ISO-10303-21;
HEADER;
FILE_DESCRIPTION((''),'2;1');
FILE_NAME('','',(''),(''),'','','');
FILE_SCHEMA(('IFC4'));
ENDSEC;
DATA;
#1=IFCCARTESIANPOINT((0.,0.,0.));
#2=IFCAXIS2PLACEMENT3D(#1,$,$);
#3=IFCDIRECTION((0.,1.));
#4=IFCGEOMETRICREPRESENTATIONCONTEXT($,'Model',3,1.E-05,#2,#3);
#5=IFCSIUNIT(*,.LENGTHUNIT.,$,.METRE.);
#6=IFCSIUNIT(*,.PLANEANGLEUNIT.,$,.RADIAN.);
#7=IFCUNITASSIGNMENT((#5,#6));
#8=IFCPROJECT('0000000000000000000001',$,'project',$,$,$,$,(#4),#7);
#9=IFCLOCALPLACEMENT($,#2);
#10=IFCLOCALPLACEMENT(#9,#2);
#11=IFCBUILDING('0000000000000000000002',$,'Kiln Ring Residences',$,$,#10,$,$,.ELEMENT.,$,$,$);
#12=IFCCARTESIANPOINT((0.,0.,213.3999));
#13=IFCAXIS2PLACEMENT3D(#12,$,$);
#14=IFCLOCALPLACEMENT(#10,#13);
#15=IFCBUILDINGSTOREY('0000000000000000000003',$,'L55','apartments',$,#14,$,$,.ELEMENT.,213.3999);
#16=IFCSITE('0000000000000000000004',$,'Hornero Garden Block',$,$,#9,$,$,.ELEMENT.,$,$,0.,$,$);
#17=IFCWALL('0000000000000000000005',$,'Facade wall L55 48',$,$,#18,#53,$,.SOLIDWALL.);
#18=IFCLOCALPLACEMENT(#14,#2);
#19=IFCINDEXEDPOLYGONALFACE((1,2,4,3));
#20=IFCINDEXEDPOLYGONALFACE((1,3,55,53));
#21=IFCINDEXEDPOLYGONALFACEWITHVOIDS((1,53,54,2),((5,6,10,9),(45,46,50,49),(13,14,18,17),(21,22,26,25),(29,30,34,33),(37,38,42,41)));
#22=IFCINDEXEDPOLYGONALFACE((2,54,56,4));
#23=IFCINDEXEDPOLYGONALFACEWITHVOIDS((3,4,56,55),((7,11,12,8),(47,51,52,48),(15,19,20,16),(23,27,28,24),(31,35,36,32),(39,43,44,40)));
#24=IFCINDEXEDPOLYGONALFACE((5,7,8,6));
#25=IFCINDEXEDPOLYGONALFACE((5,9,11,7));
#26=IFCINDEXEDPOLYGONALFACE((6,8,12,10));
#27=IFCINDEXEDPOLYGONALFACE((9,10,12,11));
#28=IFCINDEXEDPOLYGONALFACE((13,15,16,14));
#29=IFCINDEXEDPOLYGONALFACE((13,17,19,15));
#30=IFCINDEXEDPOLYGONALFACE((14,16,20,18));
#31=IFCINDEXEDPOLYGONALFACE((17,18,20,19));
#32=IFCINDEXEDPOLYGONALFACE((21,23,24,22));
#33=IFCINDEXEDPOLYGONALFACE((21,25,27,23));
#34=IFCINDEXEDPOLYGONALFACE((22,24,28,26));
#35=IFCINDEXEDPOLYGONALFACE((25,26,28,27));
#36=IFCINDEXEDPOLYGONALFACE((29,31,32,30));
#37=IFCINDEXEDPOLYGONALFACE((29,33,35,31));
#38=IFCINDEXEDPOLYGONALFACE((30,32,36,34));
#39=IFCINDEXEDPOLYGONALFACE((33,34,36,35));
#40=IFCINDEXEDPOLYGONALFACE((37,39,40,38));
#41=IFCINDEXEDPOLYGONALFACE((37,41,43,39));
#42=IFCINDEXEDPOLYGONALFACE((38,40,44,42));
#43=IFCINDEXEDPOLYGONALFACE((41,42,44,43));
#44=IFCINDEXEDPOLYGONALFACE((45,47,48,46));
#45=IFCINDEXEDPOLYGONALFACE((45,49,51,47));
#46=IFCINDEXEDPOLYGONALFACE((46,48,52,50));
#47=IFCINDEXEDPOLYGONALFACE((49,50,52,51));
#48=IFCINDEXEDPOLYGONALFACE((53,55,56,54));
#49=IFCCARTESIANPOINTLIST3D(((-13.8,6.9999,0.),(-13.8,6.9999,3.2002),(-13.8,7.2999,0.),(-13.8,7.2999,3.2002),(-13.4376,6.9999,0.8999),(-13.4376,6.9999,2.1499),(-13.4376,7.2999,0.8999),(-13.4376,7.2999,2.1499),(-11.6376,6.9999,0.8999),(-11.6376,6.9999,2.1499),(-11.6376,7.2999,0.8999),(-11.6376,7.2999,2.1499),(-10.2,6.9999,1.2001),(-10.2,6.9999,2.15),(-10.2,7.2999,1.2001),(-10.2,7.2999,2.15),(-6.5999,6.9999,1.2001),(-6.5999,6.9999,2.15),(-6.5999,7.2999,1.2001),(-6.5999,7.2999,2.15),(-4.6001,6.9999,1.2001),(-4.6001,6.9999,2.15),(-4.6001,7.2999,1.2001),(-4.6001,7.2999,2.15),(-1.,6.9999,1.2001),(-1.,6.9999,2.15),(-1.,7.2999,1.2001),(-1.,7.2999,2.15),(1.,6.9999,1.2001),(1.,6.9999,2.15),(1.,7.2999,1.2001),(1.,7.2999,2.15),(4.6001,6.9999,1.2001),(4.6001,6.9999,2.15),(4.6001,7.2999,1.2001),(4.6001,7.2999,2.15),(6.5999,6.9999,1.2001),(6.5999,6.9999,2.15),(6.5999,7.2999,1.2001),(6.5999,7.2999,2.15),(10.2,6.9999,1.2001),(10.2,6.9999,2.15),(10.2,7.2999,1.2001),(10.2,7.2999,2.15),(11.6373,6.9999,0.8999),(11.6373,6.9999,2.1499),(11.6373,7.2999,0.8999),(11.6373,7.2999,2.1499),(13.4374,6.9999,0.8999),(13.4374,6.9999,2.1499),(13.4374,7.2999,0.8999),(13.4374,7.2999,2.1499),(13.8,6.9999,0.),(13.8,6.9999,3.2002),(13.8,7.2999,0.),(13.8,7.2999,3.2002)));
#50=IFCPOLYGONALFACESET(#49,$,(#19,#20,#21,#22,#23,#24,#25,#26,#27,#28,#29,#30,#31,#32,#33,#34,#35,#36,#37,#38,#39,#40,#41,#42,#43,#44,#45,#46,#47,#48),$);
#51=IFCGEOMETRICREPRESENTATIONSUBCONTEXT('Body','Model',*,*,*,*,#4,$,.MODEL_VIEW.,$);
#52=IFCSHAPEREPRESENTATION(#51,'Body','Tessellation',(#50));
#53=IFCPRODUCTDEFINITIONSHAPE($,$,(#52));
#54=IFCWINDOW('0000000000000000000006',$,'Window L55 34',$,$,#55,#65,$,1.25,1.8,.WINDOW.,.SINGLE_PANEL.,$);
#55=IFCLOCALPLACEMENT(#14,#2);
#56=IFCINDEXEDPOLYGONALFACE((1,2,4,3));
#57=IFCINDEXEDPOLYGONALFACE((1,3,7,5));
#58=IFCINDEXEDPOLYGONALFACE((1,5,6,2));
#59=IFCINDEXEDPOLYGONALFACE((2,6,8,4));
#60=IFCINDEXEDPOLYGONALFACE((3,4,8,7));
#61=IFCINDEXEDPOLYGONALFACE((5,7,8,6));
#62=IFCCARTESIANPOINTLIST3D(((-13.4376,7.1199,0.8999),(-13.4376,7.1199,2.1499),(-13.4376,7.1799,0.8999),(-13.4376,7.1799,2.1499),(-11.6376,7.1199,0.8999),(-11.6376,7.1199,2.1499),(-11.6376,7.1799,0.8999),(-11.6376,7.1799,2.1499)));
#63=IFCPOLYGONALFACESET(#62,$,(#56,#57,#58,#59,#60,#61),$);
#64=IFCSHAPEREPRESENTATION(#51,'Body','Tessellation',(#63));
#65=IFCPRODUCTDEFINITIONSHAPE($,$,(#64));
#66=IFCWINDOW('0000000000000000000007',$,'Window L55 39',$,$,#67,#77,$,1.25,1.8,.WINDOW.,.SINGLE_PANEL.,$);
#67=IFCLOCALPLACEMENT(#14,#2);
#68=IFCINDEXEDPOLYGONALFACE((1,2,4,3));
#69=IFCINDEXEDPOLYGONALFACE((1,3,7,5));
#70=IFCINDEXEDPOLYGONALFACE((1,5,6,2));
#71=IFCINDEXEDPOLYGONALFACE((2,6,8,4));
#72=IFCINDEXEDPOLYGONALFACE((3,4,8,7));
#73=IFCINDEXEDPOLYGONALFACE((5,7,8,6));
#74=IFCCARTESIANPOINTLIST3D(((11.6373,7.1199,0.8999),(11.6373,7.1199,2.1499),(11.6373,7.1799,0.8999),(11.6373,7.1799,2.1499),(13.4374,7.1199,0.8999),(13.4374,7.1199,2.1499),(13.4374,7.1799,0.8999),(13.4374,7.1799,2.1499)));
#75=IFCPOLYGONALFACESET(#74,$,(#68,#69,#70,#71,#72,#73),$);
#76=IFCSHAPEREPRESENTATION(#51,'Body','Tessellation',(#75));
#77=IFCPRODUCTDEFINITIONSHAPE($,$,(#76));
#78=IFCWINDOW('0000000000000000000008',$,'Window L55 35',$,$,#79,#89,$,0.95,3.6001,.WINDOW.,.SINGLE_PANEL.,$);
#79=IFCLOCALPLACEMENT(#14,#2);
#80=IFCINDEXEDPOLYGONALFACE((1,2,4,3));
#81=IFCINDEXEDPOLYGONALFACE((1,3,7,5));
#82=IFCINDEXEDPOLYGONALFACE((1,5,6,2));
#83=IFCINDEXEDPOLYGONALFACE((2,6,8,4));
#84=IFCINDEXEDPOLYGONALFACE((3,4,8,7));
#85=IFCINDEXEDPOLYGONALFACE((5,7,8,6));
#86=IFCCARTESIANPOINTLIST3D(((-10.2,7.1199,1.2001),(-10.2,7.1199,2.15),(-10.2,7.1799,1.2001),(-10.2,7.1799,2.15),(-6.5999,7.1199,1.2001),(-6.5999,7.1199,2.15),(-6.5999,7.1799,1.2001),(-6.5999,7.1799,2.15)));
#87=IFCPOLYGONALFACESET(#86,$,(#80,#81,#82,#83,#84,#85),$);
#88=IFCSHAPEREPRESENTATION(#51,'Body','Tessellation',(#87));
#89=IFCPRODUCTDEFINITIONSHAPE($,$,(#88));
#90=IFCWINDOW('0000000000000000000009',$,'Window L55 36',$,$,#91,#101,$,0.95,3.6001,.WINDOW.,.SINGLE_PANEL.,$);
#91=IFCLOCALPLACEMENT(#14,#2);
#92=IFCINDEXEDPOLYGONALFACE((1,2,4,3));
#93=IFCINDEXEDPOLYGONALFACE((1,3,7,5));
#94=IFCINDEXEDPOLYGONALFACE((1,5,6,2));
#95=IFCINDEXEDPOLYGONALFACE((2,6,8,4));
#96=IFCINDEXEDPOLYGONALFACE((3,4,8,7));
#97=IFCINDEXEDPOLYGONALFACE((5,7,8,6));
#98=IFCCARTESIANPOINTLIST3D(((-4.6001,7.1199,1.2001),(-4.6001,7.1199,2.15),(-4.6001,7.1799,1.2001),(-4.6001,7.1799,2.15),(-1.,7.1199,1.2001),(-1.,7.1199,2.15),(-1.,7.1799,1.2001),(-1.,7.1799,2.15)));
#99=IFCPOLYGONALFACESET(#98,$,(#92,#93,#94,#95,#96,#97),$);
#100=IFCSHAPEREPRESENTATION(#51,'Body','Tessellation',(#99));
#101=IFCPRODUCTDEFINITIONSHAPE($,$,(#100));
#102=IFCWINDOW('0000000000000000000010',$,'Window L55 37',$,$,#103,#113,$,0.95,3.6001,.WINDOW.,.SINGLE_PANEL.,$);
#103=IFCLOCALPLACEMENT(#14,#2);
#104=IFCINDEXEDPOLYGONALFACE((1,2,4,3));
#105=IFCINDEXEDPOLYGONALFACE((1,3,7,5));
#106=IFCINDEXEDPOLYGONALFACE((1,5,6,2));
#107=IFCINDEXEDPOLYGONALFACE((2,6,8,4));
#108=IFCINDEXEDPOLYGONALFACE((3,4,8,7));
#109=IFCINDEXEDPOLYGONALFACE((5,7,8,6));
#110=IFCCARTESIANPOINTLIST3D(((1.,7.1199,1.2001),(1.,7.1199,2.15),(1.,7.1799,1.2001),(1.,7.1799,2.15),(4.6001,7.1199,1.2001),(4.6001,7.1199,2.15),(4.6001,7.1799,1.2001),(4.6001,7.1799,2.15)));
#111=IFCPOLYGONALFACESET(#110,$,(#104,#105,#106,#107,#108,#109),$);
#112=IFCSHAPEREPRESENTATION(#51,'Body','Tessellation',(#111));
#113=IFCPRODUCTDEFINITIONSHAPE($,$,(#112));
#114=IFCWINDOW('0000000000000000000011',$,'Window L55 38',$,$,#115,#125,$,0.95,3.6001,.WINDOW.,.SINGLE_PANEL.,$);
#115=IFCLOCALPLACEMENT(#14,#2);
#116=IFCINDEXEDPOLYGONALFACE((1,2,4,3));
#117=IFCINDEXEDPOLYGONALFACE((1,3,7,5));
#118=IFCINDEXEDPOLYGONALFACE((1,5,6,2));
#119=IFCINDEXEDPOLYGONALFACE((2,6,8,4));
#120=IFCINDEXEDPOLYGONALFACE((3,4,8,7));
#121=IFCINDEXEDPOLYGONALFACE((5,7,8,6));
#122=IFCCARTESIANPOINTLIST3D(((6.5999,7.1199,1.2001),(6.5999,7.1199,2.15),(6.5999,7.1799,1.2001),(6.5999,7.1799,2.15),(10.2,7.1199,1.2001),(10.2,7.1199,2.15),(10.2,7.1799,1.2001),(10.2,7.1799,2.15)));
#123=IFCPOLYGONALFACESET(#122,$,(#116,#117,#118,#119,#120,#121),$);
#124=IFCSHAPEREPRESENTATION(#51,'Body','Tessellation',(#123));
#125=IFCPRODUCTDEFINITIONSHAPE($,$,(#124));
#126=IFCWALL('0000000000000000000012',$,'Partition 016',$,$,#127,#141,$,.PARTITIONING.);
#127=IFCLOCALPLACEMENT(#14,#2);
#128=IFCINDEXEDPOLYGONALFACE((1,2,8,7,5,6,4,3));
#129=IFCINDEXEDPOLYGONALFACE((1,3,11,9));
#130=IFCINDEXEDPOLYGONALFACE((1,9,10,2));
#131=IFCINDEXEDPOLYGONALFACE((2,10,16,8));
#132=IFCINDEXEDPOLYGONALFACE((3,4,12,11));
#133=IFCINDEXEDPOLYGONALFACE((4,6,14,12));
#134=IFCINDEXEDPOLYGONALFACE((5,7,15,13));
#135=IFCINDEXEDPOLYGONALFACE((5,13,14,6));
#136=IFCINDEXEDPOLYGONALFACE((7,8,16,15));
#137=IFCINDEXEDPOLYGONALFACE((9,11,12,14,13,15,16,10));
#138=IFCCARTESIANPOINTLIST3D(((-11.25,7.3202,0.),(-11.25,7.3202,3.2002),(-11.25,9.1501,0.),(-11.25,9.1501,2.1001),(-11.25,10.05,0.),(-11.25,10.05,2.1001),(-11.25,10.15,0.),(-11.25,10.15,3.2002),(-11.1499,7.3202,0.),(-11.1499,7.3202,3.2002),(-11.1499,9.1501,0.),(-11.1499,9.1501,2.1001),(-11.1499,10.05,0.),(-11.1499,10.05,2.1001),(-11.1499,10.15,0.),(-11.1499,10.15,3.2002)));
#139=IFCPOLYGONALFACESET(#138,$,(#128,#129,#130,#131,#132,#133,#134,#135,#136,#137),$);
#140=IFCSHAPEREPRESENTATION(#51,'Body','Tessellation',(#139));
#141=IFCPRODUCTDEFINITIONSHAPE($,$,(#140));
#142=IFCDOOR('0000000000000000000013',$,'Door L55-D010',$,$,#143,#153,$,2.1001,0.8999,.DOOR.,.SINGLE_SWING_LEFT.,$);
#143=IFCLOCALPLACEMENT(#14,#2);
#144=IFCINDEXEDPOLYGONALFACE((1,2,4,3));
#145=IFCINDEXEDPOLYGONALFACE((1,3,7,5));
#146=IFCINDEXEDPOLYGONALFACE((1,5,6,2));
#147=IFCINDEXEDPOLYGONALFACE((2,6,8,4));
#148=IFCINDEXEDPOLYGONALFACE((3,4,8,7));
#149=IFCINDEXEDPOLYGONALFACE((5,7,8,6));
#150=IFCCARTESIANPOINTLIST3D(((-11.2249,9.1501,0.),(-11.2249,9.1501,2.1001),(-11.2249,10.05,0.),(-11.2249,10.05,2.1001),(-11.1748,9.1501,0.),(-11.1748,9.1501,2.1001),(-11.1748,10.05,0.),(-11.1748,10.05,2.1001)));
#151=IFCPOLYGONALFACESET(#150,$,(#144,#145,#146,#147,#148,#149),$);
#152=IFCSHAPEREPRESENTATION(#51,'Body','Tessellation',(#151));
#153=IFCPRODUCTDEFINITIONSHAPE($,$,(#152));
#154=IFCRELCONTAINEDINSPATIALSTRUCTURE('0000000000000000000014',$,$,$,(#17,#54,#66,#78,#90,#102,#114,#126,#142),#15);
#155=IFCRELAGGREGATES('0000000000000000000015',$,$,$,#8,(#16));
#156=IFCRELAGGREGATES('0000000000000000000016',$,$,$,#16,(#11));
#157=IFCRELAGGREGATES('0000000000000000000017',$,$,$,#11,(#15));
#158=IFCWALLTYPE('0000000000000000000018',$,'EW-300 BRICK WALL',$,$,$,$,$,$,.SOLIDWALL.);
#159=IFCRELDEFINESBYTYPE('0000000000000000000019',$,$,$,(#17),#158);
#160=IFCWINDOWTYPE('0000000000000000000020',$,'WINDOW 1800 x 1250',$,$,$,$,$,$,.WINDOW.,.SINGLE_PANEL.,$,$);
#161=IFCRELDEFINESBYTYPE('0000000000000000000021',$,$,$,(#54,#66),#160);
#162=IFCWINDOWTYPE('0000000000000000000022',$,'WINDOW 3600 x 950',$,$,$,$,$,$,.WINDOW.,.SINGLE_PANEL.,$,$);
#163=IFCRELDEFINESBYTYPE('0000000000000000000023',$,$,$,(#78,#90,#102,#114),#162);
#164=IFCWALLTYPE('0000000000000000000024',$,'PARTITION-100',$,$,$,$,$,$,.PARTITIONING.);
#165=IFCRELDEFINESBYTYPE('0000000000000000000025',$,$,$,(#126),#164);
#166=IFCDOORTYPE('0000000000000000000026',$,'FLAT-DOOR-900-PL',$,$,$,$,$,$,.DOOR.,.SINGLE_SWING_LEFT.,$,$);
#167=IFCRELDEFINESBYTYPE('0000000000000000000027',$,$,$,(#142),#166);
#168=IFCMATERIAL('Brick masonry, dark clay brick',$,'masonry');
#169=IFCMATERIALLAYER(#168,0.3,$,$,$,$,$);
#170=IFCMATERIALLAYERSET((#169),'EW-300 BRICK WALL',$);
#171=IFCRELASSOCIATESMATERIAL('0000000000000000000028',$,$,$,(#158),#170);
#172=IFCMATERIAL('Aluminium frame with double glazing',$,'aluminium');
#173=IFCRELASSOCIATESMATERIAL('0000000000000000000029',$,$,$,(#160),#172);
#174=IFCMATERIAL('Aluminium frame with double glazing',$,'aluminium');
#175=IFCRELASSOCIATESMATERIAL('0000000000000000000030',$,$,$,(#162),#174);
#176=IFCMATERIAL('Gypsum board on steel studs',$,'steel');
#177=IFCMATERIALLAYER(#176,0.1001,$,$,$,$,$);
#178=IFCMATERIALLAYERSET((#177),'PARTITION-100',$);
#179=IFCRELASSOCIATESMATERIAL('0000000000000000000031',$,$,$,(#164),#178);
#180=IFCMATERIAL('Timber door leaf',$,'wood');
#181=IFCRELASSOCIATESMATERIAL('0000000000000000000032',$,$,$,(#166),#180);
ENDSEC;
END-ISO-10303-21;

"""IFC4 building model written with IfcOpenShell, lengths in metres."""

from ifc_helpers import new_model, si_unit, direction, frame, frame_2d, origin, place, context, subcontext, project, spatial, rectangle, extrude, material, layer, layer_set, type_object, element, fill, save


model = new_model("IFC4")

# Units and contexts
model_context = context("Model", 3, precision=1e-05, world=origin(), true_north=direction((0.0, 1.0)))
body_context = subcontext(model_context, "Body", "Model", "MODEL_VIEW")
ifc_project = project(units=[si_unit("LENGTHUNIT", "METRE"), si_unit("PLANEANGLEUNIT", "RADIAN")], contexts=[model_context])

# Site, building, storey
site_placement = place(None, origin())
site = spatial("IfcSite", under=ifc_project, at=site_placement, Name="Hornero Garden Block", CompositionType="ELEMENT", RefElevation=0.0)
building_placement = place(site_placement, origin())
building = spatial("IfcBuilding", under=site, at=building_placement, Name="Kiln Ring Residences", CompositionType="ELEMENT")
storey_placement = place(building_placement, frame((0.0, 0.0, 213.3999)))
storey = spatial("IfcBuildingStorey", under=building, at=storey_placement, Name="L55", Description="apartments", CompositionType="ELEMENT", Elevation=213.3999)

# Wall, openings, windows
ifc_material_1 = material(Name="Brick masonry, dark clay brick", Category="masonry")
ifc_layer_1 = layer(ifc_material_1, 0.3)
ifc_layer_set_1 = layer_set([ifc_layer_1], Name="EW-300 BRICK WALL")
wall_type_1 = type_object("IfcWallType", Name="EW-300 BRICK WALL", PredefinedType="SOLIDWALL", material=ifc_layer_set_1)
wall_1_placement = place(storey_placement, frame((-13.8, 7.1499, 0.0), z_axis=(0.0, 0.0, 1.0), x_axis=(1.0, 0.0, 0.0)))
wall_1 = element("IfcWall", 1, at=wall_1_placement, inside=storey, type_object=wall_type_1, Name="Facade wall L55 48", PredefinedType="SOLIDWALL", context=body_context, shape_type="SweptSolid", body=[
    extrude(rectangle(XDim=27.6001, YDim=0.3, at=frame_2d((13.8, 0.0))), origin(), (0.0, 0.0, 1.0), 3.2002),
])
opening_1_placement = place(wall_1_placement, frame((0.3625, 0.0, 0.8999)))
opening_1 = element("IfcOpeningElement", 2, at=opening_1_placement, cuts=wall_1, PredefinedType="OPENING", context=body_context, shape_type="SweptSolid", body=[
    extrude(rectangle(XDim=1.8, YDim=1.25, at=frame_2d((0.8999, 0.625))), frame((0.0, 0.1599, 0.0), z_axis=(0.0, -1.0, 0.0), x_axis=(1.0, 0.0, 0.0)), (0.0, 0.0, 1.0), 0.3201),
])
opening_2_placement = place(wall_1_placement, frame((3.6001, 0.0, 1.2)))
opening_2 = element("IfcOpeningElement", 3, at=opening_2_placement, cuts=wall_1, PredefinedType="OPENING", context=body_context, shape_type="SweptSolid", body=[
    extrude(rectangle(XDim=3.6001, YDim=0.95, at=frame_2d((1.8, 0.4751))), frame((0.0, 0.1599, 0.0), z_axis=(0.0, -1.0, 0.0), x_axis=(1.0, 0.0, 0.0)), (0.0, 0.0, 1.0), 0.3201),
])
opening_3_placement = place(wall_1_placement, frame((9.2, 0.0, 1.2)))
opening_3 = element("IfcOpeningElement", 4, at=opening_3_placement, cuts=wall_1, PredefinedType="OPENING", context=body_context, shape_type="SweptSolid", body=[
    extrude(rectangle(XDim=3.6001, YDim=0.95, at=frame_2d((1.8, 0.4751))), frame((0.0, 0.1599, 0.0), z_axis=(0.0, -1.0, 0.0), x_axis=(1.0, 0.0, 0.0)), (0.0, 0.0, 1.0), 0.3201),
])
opening_4_placement = place(wall_1_placement, frame((14.8, 0.0, 1.2)))
opening_4 = element("IfcOpeningElement", 5, at=opening_4_placement, cuts=wall_1, PredefinedType="OPENING", context=body_context, shape_type="SweptSolid", body=[
    extrude(rectangle(XDim=3.6001, YDim=0.95, at=frame_2d((1.8, 0.4751))), frame((0.0, 0.1599, 0.0), z_axis=(0.0, -1.0, 0.0), x_axis=(1.0, 0.0, 0.0)), (0.0, 0.0, 1.0), 0.3201),
])
opening_5_placement = place(wall_1_placement, frame((20.3999, 0.0, 1.2)))
opening_5 = element("IfcOpeningElement", 6, at=opening_5_placement, cuts=wall_1, PredefinedType="OPENING", context=body_context, shape_type="SweptSolid", body=[
    extrude(rectangle(XDim=3.6001, YDim=0.95, at=frame_2d((1.8, 0.4751))), frame((0.0, 0.1599, 0.0), z_axis=(0.0, -1.0, 0.0), x_axis=(1.0, 0.0, 0.0)), (0.0, 0.0, 1.0), 0.3201),
])
opening_6_placement = place(wall_1_placement, frame((25.4375, 0.0, 0.8999)))
opening_6 = element("IfcOpeningElement", 7, at=opening_6_placement, cuts=wall_1, PredefinedType="OPENING", context=body_context, shape_type="SweptSolid", body=[
    extrude(rectangle(XDim=1.8, YDim=1.25, at=frame_2d((0.8999, 0.625))), frame((0.0, 0.1599, 0.0), z_axis=(0.0, -1.0, 0.0), x_axis=(1.0, 0.0, 0.0)), (0.0, 0.0, 1.0), 0.3201),
])
ifc_material_2 = material(Name="Aluminium frame with double glazing", Category="aluminium")
window_type_1 = type_object("IfcWindowType", Name="WINDOW 1800 x 1250", PartitioningType="SINGLE_PANEL", PredefinedType="WINDOW", material=ifc_material_2)
window_1_placement = place(opening_1_placement, origin())
window_1 = element("IfcWindow", 8, at=window_1_placement, inside=storey, type_object=window_type_1, Name="Window L55 34", OverallHeight=1.25, OverallWidth=1.8, PartitioningType="SINGLE_PANEL", PredefinedType="WINDOW", context=body_context, shape_type="SweptSolid", body=[
    extrude(rectangle(XDim=1.8, YDim=1.25, at=frame_2d((0.8999, 0.625))), frame((0.0, 0.03, 0.0), z_axis=(0.0, -1.0, 0.0), x_axis=(1.0, 0.0, 0.0)), (0.0, 0.0, 1.0), 0.0601),
])
fill(opening_1, window_1)
window_2_placement = place(opening_6_placement, origin())
window_2 = element("IfcWindow", 9, at=window_2_placement, inside=storey, type_object=window_type_1, Name="Window L55 39", OverallHeight=1.25, OverallWidth=1.8, PartitioningType="SINGLE_PANEL", PredefinedType="WINDOW", context=body_context, shape_type="SweptSolid", body=[
    extrude(rectangle(XDim=1.8, YDim=1.25, at=frame_2d((0.8999, 0.625))), frame((0.0, 0.03, 0.0), z_axis=(0.0, -1.0, 0.0), x_axis=(1.0, 0.0, 0.0)), (0.0, 0.0, 1.0), 0.0601),
])
fill(opening_6, window_2)
ifc_material_3 = material(Name="Aluminium frame with double glazing", Category="aluminium")
window_type_2 = type_object("IfcWindowType", Name="WINDOW 3600 x 950", PartitioningType="SINGLE_PANEL", PredefinedType="WINDOW", material=ifc_material_3)
window_3_placement = place(opening_2_placement, origin())
window_3 = element("IfcWindow", 10, at=window_3_placement, inside=storey, type_object=window_type_2, Name="Window L55 35", OverallHeight=0.95, OverallWidth=3.6001, PartitioningType="SINGLE_PANEL", PredefinedType="WINDOW", context=body_context, shape_type="SweptSolid", body=[
    extrude(rectangle(XDim=3.6001, YDim=0.95, at=frame_2d((1.8, 0.4751))), frame((0.0, 0.03, 0.0), z_axis=(0.0, -1.0, 0.0), x_axis=(1.0, 0.0, 0.0)), (0.0, 0.0, 1.0), 0.0601),
])
fill(opening_2, window_3)
window_4_placement = place(opening_3_placement, origin())
window_4 = element("IfcWindow", 11, at=window_4_placement, inside=storey, type_object=window_type_2, Name="Window L55 36", OverallHeight=0.95, OverallWidth=3.6001, PartitioningType="SINGLE_PANEL", PredefinedType="WINDOW", context=body_context, shape_type="SweptSolid", body=[
    extrude(rectangle(XDim=3.6001, YDim=0.95, at=frame_2d((1.8, 0.4751))), frame((0.0, 0.03, 0.0), z_axis=(0.0, -1.0, 0.0), x_axis=(1.0, 0.0, 0.0)), (0.0, 0.0, 1.0), 0.0601),
])
fill(opening_3, window_4)
window_5_placement = place(opening_4_placement, origin())
window_5 = element("IfcWindow", 12, at=window_5_placement, inside=storey, type_object=window_type_2, Name="Window L55 37", OverallHeight=0.95, OverallWidth=3.6001, PartitioningType="SINGLE_PANEL", PredefinedType="WINDOW", context=body_context, shape_type="SweptSolid", body=[
    extrude(rectangle(XDim=3.6001, YDim=0.95, at=frame_2d((1.8, 0.4751))), frame((0.0, 0.03, 0.0), z_axis=(0.0, -1.0, 0.0), x_axis=(1.0, 0.0, 0.0)), (0.0, 0.0, 1.0), 0.0601),
])
fill(opening_4, window_5)
window_6_placement = place(opening_5_placement, origin())
window_6 = element("IfcWindow", 13, at=window_6_placement, inside=storey, type_object=window_type_2, Name="Window L55 38", OverallHeight=0.95, OverallWidth=3.6001, PartitioningType="SINGLE_PANEL", PredefinedType="WINDOW", context=body_context, shape_type="SweptSolid", body=[
    extrude(rectangle(XDim=3.6001, YDim=0.95, at=frame_2d((1.8, 0.4751))), frame((0.0, 0.03, 0.0), z_axis=(0.0, -1.0, 0.0), x_axis=(1.0, 0.0, 0.0)), (0.0, 0.0, 1.0), 0.0601),
])
fill(opening_5, window_6)

# Wall, opening, door
ifc_material_4 = material(Name="Gypsum board on steel studs", Category="steel")
ifc_layer_2 = layer(ifc_material_4, 0.1001)
ifc_layer_set_2 = layer_set([ifc_layer_2], Name="PARTITION-100")
wall_type_2 = type_object("IfcWallType", Name="PARTITION-100", PredefinedType="PARTITIONING", material=ifc_layer_set_2)
wall_2_placement = place(storey_placement, frame((-11.2, 7.3201, 0.0), z_axis=(0.0, 0.0, 1.0), x_axis=(0.0, 1.0, 0.0)))
wall_2 = element("IfcWall", 14, at=wall_2_placement, inside=storey, type_object=wall_type_2, Name="Partition 016", PredefinedType="PARTITIONING", context=body_context, shape_type="SweptSolid", body=[
    extrude(rectangle(XDim=2.8298, YDim=0.1001, at=frame_2d((1.415, 0.0))), origin(), (0.0, 0.0, 1.0), 3.2002),
])
opening_7_placement = place(wall_2_placement, frame((1.8301, 0.0, 0.0)))
opening_7 = element("IfcOpeningElement", 15, at=opening_7_placement, cuts=wall_2, PredefinedType="OPENING", context=body_context, shape_type="SweptSolid", body=[
    extrude(rectangle(XDim=0.8999, YDim=2.1001, at=frame_2d((0.45, 1.05))), frame((0.0, 0.0601, 0.0), z_axis=(0.0, -1.0, 0.0), x_axis=(1.0, 0.0, 0.0)), (0.0, 0.0, 1.0), 0.1201),
])
ifc_material_5 = material(Name="Timber door leaf", Category="wood")
door_type = type_object("IfcDoorType", Name="FLAT-DOOR-900-PL", OperationType="SINGLE_SWING_LEFT", PredefinedType="DOOR", material=ifc_material_5)
door_placement = place(opening_7_placement, origin())
door = element("IfcDoor", 16, at=door_placement, inside=storey, type_object=door_type, Name="Door L55-D010", OperationType="SINGLE_SWING_LEFT", OverallHeight=2.1001, OverallWidth=0.8999, PredefinedType="DOOR", context=body_context, shape_type="SweptSolid", body=[
    extrude(rectangle(XDim=0.8999, YDim=2.1001, at=frame_2d((0.45, 1.05))), frame((0.0, 0.0249, 0.0), z_axis=(0.0, -1.0, 0.0), x_axis=(1.0, 0.0, 0.0)), (0.0, 0.0, 1.0), 0.05),
])
fill(opening_7, door)

save(model, "model.ifc")
